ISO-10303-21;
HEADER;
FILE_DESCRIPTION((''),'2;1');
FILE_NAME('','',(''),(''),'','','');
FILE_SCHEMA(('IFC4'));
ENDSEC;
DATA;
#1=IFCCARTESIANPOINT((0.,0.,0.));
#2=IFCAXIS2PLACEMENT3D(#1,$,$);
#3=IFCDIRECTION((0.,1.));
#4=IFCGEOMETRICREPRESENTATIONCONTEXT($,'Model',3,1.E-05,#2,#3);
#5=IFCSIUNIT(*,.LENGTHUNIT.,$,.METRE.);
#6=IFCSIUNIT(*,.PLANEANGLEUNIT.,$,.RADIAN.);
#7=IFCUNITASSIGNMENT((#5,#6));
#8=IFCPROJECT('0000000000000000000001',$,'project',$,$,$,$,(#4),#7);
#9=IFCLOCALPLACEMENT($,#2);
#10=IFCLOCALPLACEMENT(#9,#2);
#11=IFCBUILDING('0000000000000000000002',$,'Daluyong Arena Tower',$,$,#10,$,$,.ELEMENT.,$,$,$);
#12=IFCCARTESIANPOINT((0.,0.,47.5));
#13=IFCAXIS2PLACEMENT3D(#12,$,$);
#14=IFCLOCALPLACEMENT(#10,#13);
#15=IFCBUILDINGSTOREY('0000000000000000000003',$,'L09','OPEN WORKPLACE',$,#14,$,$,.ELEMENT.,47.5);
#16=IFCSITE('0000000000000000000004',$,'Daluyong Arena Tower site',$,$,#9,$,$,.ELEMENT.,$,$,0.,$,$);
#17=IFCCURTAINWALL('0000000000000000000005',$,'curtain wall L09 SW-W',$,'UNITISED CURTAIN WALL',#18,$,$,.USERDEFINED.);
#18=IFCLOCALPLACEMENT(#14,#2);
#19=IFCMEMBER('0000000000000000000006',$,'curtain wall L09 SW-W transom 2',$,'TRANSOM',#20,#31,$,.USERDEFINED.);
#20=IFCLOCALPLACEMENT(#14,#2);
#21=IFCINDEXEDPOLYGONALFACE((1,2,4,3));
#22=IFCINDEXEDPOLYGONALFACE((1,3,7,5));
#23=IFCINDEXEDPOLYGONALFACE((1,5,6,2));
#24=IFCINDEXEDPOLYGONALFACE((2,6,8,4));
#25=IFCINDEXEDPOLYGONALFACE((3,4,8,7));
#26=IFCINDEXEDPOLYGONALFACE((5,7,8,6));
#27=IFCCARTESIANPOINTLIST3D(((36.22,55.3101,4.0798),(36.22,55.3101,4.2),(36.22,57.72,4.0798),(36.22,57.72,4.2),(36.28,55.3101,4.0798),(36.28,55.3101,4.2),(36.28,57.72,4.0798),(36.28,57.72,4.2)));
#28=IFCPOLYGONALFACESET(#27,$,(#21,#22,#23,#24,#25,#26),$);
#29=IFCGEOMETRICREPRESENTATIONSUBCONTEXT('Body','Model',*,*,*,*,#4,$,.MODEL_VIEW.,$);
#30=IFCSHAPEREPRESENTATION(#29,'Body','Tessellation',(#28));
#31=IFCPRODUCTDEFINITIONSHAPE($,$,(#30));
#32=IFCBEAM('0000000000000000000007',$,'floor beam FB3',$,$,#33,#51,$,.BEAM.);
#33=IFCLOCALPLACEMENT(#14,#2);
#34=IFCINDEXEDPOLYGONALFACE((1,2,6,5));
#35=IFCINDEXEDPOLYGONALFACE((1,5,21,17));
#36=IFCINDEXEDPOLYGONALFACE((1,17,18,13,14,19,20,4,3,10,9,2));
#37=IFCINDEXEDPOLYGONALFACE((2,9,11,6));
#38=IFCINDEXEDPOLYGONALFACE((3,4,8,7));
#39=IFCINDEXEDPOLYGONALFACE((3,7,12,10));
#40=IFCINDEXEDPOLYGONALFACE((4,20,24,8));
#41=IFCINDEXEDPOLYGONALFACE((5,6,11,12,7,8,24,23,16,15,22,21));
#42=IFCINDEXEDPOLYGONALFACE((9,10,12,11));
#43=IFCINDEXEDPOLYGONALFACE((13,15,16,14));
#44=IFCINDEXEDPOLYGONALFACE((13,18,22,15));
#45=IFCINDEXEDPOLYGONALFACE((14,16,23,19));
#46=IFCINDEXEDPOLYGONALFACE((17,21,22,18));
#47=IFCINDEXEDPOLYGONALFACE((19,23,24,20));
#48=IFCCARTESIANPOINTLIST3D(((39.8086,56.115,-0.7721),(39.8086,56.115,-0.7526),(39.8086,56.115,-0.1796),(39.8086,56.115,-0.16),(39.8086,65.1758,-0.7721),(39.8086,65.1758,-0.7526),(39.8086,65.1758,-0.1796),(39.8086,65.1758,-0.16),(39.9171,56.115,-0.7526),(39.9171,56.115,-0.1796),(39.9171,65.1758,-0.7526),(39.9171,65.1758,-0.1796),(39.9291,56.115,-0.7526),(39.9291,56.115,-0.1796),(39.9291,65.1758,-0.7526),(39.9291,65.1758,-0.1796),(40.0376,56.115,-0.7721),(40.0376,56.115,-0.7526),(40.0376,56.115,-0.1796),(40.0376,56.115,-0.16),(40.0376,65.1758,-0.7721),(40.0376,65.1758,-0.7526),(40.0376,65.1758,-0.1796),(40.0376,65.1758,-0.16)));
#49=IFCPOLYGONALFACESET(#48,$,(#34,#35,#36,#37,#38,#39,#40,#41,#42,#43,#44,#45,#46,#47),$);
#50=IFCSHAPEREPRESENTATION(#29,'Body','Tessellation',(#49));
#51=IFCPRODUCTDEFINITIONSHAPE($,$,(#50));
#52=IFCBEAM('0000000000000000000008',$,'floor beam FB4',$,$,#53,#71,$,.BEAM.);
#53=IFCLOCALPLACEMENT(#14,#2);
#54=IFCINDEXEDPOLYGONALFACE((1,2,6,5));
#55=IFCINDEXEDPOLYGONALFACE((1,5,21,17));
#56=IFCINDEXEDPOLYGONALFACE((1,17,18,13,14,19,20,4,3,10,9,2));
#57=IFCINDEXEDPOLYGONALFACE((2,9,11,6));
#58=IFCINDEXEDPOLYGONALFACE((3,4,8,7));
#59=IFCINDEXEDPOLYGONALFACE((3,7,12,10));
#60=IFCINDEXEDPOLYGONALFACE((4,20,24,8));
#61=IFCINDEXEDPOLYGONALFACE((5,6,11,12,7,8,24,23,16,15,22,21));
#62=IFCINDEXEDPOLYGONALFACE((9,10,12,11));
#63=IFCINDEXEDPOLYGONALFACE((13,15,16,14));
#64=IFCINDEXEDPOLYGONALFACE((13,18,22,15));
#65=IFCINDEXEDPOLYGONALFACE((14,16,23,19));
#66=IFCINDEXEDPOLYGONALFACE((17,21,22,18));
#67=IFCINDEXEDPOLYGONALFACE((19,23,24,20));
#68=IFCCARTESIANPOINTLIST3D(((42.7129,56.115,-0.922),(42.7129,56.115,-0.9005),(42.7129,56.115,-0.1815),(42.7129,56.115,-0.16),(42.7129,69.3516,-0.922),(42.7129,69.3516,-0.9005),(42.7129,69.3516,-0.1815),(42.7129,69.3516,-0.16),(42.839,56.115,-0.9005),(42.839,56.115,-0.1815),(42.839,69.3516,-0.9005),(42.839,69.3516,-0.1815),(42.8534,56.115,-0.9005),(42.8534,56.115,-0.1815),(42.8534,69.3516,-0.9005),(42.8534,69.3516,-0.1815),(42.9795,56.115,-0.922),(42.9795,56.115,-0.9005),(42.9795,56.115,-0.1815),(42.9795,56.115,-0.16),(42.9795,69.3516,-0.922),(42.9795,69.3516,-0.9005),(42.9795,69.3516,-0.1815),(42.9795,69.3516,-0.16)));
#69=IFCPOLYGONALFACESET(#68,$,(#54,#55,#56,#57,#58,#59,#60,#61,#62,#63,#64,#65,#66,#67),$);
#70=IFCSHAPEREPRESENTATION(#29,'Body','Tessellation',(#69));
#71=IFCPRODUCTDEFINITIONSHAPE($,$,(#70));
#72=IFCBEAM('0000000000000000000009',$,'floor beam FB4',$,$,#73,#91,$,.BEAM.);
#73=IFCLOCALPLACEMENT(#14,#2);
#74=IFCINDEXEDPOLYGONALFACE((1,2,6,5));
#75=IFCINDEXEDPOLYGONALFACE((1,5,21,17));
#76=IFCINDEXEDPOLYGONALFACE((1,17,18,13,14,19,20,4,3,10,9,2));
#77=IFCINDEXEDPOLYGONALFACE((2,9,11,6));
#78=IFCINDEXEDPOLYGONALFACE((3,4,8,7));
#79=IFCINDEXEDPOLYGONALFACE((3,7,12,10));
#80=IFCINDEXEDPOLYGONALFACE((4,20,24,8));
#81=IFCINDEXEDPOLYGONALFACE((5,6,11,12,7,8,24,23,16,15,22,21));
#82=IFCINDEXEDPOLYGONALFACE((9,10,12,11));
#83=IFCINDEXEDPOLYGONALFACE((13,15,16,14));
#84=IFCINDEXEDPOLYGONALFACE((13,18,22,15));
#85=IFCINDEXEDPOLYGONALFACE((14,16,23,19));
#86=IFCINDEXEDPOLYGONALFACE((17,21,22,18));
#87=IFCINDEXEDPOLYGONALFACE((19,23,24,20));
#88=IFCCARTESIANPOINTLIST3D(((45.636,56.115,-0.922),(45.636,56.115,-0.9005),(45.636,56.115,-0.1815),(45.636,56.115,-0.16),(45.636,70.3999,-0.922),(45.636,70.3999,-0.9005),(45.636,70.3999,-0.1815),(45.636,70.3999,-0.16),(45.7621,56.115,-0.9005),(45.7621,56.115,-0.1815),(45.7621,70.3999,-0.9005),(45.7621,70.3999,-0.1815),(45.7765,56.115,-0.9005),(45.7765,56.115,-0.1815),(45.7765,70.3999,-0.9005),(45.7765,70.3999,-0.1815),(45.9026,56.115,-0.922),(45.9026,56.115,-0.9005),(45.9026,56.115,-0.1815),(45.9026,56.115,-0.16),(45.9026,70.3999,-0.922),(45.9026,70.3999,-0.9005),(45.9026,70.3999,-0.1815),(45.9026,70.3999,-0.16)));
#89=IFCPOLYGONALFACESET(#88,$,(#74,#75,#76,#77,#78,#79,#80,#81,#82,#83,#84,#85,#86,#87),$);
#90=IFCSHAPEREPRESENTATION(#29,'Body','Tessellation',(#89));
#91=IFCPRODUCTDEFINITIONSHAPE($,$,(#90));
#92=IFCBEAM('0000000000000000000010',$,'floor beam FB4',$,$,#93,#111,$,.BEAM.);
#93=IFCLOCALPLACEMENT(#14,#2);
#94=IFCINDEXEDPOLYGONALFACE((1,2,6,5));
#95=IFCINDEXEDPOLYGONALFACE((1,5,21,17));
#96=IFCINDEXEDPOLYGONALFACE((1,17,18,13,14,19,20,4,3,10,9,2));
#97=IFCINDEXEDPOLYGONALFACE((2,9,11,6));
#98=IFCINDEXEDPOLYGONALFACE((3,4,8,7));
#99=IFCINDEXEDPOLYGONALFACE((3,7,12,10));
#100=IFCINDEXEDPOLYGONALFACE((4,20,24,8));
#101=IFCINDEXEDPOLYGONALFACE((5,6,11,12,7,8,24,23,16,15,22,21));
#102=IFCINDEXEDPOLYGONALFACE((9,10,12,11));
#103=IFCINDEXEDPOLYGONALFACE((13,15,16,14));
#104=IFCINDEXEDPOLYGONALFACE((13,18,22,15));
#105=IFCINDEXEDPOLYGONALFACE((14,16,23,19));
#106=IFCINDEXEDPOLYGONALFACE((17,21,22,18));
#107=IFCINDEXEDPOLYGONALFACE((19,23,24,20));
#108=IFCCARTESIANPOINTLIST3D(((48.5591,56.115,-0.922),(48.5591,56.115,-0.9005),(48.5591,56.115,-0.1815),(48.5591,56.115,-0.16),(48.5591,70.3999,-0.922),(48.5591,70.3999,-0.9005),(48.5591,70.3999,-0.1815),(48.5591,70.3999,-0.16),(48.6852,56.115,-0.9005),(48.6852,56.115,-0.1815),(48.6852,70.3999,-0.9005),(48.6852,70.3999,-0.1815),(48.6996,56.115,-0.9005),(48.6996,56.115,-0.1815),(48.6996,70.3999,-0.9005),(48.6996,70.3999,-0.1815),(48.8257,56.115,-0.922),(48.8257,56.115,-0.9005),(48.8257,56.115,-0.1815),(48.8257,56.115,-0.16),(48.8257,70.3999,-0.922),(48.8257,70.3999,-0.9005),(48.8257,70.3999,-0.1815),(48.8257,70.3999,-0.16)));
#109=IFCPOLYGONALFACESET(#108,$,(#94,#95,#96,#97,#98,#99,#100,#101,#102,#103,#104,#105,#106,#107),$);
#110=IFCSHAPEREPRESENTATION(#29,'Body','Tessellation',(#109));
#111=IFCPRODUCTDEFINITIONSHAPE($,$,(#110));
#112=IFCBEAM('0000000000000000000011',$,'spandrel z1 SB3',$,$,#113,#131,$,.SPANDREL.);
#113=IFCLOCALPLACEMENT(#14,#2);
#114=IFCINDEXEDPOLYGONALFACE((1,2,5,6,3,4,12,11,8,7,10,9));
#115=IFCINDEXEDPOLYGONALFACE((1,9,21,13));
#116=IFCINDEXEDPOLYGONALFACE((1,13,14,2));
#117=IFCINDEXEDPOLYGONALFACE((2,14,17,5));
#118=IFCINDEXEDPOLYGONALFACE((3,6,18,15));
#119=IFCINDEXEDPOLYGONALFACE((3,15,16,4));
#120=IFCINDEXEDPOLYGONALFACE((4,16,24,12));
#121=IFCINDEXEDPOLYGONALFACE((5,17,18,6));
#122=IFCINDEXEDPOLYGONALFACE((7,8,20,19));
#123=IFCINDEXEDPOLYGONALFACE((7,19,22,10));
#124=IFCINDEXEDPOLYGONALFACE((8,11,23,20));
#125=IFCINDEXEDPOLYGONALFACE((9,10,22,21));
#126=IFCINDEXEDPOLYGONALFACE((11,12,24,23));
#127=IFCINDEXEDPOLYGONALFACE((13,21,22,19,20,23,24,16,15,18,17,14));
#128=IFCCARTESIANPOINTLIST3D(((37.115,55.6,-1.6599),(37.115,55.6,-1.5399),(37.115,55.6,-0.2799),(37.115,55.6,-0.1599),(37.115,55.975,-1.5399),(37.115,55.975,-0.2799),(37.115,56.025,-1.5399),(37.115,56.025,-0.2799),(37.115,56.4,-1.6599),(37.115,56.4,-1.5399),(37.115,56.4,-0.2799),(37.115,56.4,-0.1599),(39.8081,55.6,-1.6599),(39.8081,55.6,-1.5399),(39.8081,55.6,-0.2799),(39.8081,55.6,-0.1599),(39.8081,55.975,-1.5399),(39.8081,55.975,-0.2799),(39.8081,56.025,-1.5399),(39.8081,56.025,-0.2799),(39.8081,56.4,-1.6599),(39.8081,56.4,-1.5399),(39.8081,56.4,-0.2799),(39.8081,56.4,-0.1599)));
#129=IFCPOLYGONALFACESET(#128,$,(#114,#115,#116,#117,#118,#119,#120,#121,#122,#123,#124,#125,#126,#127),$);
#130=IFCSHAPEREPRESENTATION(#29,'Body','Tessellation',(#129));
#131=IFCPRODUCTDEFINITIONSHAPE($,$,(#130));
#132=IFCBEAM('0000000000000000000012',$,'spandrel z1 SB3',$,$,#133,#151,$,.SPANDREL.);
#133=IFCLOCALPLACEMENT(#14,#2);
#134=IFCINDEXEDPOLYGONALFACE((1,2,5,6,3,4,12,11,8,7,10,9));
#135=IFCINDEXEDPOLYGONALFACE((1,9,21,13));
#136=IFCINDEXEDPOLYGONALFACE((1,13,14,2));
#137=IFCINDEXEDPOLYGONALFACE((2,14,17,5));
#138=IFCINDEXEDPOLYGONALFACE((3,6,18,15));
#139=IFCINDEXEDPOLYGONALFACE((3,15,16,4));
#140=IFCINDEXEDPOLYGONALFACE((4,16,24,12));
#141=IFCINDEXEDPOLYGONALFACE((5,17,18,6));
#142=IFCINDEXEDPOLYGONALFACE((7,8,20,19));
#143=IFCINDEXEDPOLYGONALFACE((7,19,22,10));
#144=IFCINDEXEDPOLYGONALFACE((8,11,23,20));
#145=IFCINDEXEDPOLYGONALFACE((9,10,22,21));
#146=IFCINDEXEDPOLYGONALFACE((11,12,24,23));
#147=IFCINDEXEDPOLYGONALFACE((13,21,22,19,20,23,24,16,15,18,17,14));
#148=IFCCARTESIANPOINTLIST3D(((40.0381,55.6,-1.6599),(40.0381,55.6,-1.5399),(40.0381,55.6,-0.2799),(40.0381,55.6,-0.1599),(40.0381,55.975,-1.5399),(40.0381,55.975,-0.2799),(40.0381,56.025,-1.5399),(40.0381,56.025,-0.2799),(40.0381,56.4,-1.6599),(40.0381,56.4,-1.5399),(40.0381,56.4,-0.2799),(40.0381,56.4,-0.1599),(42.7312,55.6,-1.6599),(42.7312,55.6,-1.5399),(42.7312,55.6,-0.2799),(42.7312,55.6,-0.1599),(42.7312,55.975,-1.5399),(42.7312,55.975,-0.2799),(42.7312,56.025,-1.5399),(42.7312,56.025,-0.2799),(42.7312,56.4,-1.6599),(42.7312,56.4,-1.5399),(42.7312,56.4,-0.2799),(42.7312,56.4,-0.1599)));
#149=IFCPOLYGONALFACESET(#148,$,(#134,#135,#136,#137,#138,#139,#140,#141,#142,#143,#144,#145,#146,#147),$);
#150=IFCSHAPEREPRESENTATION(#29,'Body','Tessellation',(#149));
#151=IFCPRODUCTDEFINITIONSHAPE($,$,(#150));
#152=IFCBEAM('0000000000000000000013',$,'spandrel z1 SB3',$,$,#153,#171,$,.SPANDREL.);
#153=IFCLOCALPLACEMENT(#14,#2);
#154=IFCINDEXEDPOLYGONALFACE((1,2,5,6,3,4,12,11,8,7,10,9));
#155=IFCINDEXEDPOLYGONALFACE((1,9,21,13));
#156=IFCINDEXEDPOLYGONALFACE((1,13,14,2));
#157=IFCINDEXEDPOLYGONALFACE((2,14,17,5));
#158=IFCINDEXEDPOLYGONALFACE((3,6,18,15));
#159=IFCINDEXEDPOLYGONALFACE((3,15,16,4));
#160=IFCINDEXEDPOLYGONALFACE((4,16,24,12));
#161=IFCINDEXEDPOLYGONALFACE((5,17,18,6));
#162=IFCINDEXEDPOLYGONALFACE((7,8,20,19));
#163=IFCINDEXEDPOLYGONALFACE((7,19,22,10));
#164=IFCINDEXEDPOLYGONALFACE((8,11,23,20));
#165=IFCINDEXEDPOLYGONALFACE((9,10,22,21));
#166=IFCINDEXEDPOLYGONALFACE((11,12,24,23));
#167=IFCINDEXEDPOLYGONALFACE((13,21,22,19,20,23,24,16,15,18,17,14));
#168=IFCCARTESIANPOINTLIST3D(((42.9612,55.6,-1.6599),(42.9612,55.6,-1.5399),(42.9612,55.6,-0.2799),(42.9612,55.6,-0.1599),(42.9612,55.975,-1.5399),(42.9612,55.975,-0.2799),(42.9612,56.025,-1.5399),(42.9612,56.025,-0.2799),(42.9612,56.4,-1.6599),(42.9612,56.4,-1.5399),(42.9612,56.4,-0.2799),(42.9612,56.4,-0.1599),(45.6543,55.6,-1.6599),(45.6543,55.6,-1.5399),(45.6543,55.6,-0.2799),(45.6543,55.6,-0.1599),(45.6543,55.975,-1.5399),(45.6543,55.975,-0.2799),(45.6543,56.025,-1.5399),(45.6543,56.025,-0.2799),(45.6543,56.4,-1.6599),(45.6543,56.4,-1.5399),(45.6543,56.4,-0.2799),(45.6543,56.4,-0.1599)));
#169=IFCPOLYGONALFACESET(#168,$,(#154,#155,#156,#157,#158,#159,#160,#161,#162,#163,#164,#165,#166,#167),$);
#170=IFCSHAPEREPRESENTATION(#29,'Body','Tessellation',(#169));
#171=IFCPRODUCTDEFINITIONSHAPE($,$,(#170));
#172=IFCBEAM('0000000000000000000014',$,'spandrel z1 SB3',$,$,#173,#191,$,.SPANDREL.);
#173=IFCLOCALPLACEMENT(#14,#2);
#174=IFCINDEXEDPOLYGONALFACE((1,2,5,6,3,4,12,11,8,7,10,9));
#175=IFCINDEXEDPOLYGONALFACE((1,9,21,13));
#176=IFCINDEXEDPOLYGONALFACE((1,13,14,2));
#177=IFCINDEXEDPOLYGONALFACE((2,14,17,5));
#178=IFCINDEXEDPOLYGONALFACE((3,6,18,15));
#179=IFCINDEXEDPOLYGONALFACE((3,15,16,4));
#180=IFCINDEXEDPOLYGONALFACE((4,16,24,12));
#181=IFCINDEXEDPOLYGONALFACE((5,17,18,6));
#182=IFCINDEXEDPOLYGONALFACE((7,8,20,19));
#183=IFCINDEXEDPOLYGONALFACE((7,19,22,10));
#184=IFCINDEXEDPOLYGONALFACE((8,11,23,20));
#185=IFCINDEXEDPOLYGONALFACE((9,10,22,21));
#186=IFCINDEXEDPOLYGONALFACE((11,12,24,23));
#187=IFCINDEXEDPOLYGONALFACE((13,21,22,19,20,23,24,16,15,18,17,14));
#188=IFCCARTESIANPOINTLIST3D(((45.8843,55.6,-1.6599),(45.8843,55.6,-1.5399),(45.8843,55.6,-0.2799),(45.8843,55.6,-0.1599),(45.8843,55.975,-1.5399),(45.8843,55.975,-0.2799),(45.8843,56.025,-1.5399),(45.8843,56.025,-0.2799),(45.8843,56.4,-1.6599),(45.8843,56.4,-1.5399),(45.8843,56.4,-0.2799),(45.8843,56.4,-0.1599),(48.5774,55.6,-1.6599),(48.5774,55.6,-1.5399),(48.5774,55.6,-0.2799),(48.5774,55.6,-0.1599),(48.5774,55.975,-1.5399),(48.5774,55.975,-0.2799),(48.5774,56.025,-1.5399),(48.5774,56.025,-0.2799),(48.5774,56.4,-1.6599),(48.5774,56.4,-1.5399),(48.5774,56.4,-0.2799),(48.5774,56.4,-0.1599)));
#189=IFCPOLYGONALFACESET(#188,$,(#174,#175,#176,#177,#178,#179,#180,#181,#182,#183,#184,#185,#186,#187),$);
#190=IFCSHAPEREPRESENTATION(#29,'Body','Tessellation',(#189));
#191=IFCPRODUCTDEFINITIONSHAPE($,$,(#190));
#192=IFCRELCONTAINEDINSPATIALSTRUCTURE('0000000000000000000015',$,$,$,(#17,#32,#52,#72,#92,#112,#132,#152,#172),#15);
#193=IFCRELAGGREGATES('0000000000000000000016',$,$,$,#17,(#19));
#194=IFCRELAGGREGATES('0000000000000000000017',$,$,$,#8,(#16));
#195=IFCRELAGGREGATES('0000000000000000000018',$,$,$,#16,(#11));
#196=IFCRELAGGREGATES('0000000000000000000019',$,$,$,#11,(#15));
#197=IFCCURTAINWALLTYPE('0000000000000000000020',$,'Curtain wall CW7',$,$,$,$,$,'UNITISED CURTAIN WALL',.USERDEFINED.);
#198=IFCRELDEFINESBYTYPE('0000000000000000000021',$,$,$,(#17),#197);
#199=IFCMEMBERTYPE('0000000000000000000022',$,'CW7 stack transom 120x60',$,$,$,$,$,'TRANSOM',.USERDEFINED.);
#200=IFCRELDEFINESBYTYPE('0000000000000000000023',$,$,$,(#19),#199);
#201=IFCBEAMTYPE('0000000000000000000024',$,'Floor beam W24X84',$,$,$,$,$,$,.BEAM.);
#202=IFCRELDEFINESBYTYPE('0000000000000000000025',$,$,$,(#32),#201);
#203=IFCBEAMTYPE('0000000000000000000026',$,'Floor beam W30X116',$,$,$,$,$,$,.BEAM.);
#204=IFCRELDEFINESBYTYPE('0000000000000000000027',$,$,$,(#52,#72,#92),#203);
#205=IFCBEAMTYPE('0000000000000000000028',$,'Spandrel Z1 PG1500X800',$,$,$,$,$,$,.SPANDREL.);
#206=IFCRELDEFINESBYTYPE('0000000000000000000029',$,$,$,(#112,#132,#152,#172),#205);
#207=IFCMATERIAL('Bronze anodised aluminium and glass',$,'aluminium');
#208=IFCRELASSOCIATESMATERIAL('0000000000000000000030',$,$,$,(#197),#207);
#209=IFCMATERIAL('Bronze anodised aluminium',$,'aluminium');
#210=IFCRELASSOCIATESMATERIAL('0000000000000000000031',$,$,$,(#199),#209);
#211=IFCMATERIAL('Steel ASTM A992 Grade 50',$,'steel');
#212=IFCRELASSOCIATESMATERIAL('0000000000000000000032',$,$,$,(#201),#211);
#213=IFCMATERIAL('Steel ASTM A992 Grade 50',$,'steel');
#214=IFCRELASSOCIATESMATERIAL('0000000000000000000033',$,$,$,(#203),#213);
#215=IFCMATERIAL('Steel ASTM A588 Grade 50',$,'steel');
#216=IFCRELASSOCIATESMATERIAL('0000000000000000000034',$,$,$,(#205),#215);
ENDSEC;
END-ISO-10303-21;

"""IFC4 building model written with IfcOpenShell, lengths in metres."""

from ifc_helpers import new_model, si_unit, direction, frame, origin, origin_2d, place, context, subcontext, project, spatial, rectangle, i_section, extrude, material, material_profile, profile_set, type_object, element, aggregate, save


model = new_model("IFC4")

# Units and contexts
model_context = context("Model", 3, precision=1e-05, world=origin(), true_north=direction((0.0, 1.0)))
body_context = subcontext(model_context, "Body", "Model", "MODEL_VIEW")
ifc_project = project(units=[si_unit("LENGTHUNIT", "METRE"), si_unit("PLANEANGLEUNIT", "RADIAN")], contexts=[model_context])

# Site, building, storey
site_placement = place(None, origin())
site = spatial("IfcSite", under=ifc_project, at=site_placement, Name="Daluyong Arena Tower site", CompositionType="ELEMENT", RefElevation=0.0)
building_placement = place(site_placement, origin())
building = spatial("IfcBuilding", under=site, at=building_placement, Name="Daluyong Arena Tower", CompositionType="ELEMENT")
storey_placement = place(building_placement, frame((0.0, 0.0, 47.5)))
storey = spatial("IfcBuildingStorey", under=building, at=storey_placement, Name="L09", Description="OPEN WORKPLACE", CompositionType="ELEMENT", Elevation=47.5)

# Shared definitions
ifc_material_1 = material(Name="Bronze anodised aluminium and glass", Category="aluminium")
curtain_wall_type_1 = type_object("IfcCurtainWallType", Name="Curtain wall CW7", ElementType="UNITISED CURTAIN WALL", PredefinedType="USERDEFINED", material=ifc_material_1)

# Curtain wall, member
curtain_wall_1_placement = place(storey_placement, origin())
curtain_wall_1 = element("IfcCurtainWall", 1, at=curtain_wall_1_placement, inside=storey, type_object=curtain_wall_type_1, Name="curtain wall L09 SW-W", ObjectType="UNITISED CURTAIN WALL", PredefinedType="USERDEFINED")
ifc_material_2 = material(Name="Bronze anodised aluminium", Category="aluminium")
ifc_material_profile_1 = material_profile(ifc_material_2, rectangle(XDim=0.0601, YDim=0.1201, at=origin_2d()))
ifc_profile_set_1 = profile_set([ifc_material_profile_1], Name="Bronze anodised aluminium")
member_type_1 = type_object("IfcMemberType", Name="CW7 stack transom 120x60", ElementType="TRANSOM", PredefinedType="USERDEFINED", material=ifc_profile_set_1)
member_1_placement = place(storey_placement, frame((36.25, 57.72, 4.1399), z_axis=(0.0, -1.0, 0.0), x_axis=(1.0, 0.0, 0.0)))
member_1 = element("IfcMember", 2, at=member_1_placement, type_object=member_type_1, Name="curtain wall L09 SW-W transom 2", ObjectType="TRANSOM", PredefinedType="USERDEFINED", context=body_context, shape_type="SweptSolid", body=[
    extrude(rectangle(XDim=0.0601, YDim=0.1201, at=origin_2d()), origin(), (0.0, 0.0, 1.0), 2.4099),
])

# Beams
ifc_material_3 = material(Name="Steel ASTM A992 Grade 50", Category="steel")
ifc_material_profile_2 = material_profile(ifc_material_3, i_section(OverallWidth=0.229, OverallDepth=0.6121, WebThickness=0.012, FlangeThickness=0.0195, at=origin_2d()))
ifc_profile_set_2 = profile_set([ifc_material_profile_2], Name="Steel ASTM A992 Grade 50")
beam_type_1 = type_object("IfcBeamType", Name="Floor beam W24X84", PredefinedType="BEAM", material=ifc_profile_set_2)
beam_1_placement = place(storey_placement, frame((39.9231, 56.115, -0.4661), z_axis=(0.0, 1.0, 0.0), x_axis=(-1.0, 0.0, 0.0)))
element("IfcBeam", 3, at=beam_1_placement, inside=storey, type_object=beam_type_1, Name="floor beam FB3", PredefinedType="BEAM", context=body_context, shape_type="SweptSolid", body=[
    extrude(i_section(OverallWidth=0.229, OverallDepth=0.6121, WebThickness=0.012, FlangeThickness=0.0195, at=origin_2d()), origin(), (0.0, 0.0, 1.0), 9.0608),
])
ifc_material_4 = material(Name="Steel ASTM A992 Grade 50", Category="steel")
ifc_material_profile_3 = material_profile(ifc_material_4, i_section(OverallWidth=0.2666, OverallDepth=0.762, WebThickness=0.0144, FlangeThickness=0.0215, at=origin_2d()))
ifc_profile_set_3 = profile_set([ifc_material_profile_3], Name="Steel ASTM A992 Grade 50")
beam_type_2 = type_object("IfcBeamType", Name="Floor beam W30X116", PredefinedType="BEAM", material=ifc_profile_set_3)
beam_2_placement = place(storey_placement, frame((42.8462, 56.115, -0.541), z_axis=(0.0, 1.0, 0.0), x_axis=(-1.0, 0.0, 0.0)))
element("IfcBeam", 4, at=beam_2_placement, inside=storey, type_object=beam_type_2, Name="floor beam FB4", PredefinedType="BEAM", context=body_context, shape_type="SweptSolid", body=[
    extrude(i_section(OverallWidth=0.2666, OverallDepth=0.762, WebThickness=0.0144, FlangeThickness=0.0215, at=origin_2d()), origin(), (0.0, 0.0, 1.0), 13.2366),
])
for number, where, z_axis, x_axis, name in (
    (5, (45.7693, 56.115, -0.541), (0.0, 1.0, 0.0), (-1.0, 0.0, 0.0), "floor beam FB4"),
    (6, (48.6924, 56.115, -0.541), (0.0, 1.0, 0.0), (-1.0, 0.0, 0.0), "floor beam FB4"),
):
    element("IfcBeam", number, at=place(storey_placement, frame(where, z_axis=z_axis, x_axis=x_axis)), inside=storey, type_object=beam_type_2, Name=name, PredefinedType="BEAM", context=body_context, shape_type="SweptSolid", body=[
        extrude(i_section(OverallWidth=0.2666, OverallDepth=0.762, WebThickness=0.0144, FlangeThickness=0.0215, at=origin_2d()), origin(), (0.0, 0.0, 1.0), 14.2849),
    ])
ifc_material_5 = material(Name="Steel ASTM A588 Grade 50", Category="steel")
ifc_material_profile_4 = material_profile(ifc_material_5, i_section(OverallWidth=0.8, OverallDepth=1.5, WebThickness=0.05, FlangeThickness=0.12, at=origin_2d()))
ifc_profile_set_4 = profile_set([ifc_material_profile_4], Name="Steel ASTM A588 Grade 50")
beam_type_3 = type_object("IfcBeamType", Name="Spandrel Z1 PG1500X800", PredefinedType="SPANDREL", material=ifc_profile_set_4)
for number, where, z_axis, x_axis, name in (
    (7, (37.115, 56.0, -0.9099), (1.0, 0.0, 0.0), (0.0, 1.0, 0.0), "spandrel z1 SB3"),
    (8, (40.0381, 56.0, -0.9099), (1.0, 0.0, 0.0), (0.0, 1.0, 0.0), "spandrel z1 SB3"),
    (9, (42.9612, 56.0, -0.9099), (1.0, 0.0, 0.0), (0.0, 1.0, 0.0), "spandrel z1 SB3"),
    (10, (45.8843, 56.0, -0.9099), (1.0, 0.0, 0.0), (0.0, 1.0, 0.0), "spandrel z1 SB3"),
):
    element("IfcBeam", number, at=place(storey_placement, frame(where, z_axis=z_axis, x_axis=x_axis)), inside=storey, type_object=beam_type_3, Name=name, PredefinedType="SPANDREL", context=body_context, shape_type="SweptSolid", body=[
        extrude(i_section(OverallWidth=0.8, OverallDepth=1.5, WebThickness=0.05, FlangeThickness=0.12, at=origin_2d()), origin(), (0.0, 0.0, 1.0), 2.6931),
    ])

aggregate(curtain_wall_1, [member_1])

save(model, "model.ifc")
